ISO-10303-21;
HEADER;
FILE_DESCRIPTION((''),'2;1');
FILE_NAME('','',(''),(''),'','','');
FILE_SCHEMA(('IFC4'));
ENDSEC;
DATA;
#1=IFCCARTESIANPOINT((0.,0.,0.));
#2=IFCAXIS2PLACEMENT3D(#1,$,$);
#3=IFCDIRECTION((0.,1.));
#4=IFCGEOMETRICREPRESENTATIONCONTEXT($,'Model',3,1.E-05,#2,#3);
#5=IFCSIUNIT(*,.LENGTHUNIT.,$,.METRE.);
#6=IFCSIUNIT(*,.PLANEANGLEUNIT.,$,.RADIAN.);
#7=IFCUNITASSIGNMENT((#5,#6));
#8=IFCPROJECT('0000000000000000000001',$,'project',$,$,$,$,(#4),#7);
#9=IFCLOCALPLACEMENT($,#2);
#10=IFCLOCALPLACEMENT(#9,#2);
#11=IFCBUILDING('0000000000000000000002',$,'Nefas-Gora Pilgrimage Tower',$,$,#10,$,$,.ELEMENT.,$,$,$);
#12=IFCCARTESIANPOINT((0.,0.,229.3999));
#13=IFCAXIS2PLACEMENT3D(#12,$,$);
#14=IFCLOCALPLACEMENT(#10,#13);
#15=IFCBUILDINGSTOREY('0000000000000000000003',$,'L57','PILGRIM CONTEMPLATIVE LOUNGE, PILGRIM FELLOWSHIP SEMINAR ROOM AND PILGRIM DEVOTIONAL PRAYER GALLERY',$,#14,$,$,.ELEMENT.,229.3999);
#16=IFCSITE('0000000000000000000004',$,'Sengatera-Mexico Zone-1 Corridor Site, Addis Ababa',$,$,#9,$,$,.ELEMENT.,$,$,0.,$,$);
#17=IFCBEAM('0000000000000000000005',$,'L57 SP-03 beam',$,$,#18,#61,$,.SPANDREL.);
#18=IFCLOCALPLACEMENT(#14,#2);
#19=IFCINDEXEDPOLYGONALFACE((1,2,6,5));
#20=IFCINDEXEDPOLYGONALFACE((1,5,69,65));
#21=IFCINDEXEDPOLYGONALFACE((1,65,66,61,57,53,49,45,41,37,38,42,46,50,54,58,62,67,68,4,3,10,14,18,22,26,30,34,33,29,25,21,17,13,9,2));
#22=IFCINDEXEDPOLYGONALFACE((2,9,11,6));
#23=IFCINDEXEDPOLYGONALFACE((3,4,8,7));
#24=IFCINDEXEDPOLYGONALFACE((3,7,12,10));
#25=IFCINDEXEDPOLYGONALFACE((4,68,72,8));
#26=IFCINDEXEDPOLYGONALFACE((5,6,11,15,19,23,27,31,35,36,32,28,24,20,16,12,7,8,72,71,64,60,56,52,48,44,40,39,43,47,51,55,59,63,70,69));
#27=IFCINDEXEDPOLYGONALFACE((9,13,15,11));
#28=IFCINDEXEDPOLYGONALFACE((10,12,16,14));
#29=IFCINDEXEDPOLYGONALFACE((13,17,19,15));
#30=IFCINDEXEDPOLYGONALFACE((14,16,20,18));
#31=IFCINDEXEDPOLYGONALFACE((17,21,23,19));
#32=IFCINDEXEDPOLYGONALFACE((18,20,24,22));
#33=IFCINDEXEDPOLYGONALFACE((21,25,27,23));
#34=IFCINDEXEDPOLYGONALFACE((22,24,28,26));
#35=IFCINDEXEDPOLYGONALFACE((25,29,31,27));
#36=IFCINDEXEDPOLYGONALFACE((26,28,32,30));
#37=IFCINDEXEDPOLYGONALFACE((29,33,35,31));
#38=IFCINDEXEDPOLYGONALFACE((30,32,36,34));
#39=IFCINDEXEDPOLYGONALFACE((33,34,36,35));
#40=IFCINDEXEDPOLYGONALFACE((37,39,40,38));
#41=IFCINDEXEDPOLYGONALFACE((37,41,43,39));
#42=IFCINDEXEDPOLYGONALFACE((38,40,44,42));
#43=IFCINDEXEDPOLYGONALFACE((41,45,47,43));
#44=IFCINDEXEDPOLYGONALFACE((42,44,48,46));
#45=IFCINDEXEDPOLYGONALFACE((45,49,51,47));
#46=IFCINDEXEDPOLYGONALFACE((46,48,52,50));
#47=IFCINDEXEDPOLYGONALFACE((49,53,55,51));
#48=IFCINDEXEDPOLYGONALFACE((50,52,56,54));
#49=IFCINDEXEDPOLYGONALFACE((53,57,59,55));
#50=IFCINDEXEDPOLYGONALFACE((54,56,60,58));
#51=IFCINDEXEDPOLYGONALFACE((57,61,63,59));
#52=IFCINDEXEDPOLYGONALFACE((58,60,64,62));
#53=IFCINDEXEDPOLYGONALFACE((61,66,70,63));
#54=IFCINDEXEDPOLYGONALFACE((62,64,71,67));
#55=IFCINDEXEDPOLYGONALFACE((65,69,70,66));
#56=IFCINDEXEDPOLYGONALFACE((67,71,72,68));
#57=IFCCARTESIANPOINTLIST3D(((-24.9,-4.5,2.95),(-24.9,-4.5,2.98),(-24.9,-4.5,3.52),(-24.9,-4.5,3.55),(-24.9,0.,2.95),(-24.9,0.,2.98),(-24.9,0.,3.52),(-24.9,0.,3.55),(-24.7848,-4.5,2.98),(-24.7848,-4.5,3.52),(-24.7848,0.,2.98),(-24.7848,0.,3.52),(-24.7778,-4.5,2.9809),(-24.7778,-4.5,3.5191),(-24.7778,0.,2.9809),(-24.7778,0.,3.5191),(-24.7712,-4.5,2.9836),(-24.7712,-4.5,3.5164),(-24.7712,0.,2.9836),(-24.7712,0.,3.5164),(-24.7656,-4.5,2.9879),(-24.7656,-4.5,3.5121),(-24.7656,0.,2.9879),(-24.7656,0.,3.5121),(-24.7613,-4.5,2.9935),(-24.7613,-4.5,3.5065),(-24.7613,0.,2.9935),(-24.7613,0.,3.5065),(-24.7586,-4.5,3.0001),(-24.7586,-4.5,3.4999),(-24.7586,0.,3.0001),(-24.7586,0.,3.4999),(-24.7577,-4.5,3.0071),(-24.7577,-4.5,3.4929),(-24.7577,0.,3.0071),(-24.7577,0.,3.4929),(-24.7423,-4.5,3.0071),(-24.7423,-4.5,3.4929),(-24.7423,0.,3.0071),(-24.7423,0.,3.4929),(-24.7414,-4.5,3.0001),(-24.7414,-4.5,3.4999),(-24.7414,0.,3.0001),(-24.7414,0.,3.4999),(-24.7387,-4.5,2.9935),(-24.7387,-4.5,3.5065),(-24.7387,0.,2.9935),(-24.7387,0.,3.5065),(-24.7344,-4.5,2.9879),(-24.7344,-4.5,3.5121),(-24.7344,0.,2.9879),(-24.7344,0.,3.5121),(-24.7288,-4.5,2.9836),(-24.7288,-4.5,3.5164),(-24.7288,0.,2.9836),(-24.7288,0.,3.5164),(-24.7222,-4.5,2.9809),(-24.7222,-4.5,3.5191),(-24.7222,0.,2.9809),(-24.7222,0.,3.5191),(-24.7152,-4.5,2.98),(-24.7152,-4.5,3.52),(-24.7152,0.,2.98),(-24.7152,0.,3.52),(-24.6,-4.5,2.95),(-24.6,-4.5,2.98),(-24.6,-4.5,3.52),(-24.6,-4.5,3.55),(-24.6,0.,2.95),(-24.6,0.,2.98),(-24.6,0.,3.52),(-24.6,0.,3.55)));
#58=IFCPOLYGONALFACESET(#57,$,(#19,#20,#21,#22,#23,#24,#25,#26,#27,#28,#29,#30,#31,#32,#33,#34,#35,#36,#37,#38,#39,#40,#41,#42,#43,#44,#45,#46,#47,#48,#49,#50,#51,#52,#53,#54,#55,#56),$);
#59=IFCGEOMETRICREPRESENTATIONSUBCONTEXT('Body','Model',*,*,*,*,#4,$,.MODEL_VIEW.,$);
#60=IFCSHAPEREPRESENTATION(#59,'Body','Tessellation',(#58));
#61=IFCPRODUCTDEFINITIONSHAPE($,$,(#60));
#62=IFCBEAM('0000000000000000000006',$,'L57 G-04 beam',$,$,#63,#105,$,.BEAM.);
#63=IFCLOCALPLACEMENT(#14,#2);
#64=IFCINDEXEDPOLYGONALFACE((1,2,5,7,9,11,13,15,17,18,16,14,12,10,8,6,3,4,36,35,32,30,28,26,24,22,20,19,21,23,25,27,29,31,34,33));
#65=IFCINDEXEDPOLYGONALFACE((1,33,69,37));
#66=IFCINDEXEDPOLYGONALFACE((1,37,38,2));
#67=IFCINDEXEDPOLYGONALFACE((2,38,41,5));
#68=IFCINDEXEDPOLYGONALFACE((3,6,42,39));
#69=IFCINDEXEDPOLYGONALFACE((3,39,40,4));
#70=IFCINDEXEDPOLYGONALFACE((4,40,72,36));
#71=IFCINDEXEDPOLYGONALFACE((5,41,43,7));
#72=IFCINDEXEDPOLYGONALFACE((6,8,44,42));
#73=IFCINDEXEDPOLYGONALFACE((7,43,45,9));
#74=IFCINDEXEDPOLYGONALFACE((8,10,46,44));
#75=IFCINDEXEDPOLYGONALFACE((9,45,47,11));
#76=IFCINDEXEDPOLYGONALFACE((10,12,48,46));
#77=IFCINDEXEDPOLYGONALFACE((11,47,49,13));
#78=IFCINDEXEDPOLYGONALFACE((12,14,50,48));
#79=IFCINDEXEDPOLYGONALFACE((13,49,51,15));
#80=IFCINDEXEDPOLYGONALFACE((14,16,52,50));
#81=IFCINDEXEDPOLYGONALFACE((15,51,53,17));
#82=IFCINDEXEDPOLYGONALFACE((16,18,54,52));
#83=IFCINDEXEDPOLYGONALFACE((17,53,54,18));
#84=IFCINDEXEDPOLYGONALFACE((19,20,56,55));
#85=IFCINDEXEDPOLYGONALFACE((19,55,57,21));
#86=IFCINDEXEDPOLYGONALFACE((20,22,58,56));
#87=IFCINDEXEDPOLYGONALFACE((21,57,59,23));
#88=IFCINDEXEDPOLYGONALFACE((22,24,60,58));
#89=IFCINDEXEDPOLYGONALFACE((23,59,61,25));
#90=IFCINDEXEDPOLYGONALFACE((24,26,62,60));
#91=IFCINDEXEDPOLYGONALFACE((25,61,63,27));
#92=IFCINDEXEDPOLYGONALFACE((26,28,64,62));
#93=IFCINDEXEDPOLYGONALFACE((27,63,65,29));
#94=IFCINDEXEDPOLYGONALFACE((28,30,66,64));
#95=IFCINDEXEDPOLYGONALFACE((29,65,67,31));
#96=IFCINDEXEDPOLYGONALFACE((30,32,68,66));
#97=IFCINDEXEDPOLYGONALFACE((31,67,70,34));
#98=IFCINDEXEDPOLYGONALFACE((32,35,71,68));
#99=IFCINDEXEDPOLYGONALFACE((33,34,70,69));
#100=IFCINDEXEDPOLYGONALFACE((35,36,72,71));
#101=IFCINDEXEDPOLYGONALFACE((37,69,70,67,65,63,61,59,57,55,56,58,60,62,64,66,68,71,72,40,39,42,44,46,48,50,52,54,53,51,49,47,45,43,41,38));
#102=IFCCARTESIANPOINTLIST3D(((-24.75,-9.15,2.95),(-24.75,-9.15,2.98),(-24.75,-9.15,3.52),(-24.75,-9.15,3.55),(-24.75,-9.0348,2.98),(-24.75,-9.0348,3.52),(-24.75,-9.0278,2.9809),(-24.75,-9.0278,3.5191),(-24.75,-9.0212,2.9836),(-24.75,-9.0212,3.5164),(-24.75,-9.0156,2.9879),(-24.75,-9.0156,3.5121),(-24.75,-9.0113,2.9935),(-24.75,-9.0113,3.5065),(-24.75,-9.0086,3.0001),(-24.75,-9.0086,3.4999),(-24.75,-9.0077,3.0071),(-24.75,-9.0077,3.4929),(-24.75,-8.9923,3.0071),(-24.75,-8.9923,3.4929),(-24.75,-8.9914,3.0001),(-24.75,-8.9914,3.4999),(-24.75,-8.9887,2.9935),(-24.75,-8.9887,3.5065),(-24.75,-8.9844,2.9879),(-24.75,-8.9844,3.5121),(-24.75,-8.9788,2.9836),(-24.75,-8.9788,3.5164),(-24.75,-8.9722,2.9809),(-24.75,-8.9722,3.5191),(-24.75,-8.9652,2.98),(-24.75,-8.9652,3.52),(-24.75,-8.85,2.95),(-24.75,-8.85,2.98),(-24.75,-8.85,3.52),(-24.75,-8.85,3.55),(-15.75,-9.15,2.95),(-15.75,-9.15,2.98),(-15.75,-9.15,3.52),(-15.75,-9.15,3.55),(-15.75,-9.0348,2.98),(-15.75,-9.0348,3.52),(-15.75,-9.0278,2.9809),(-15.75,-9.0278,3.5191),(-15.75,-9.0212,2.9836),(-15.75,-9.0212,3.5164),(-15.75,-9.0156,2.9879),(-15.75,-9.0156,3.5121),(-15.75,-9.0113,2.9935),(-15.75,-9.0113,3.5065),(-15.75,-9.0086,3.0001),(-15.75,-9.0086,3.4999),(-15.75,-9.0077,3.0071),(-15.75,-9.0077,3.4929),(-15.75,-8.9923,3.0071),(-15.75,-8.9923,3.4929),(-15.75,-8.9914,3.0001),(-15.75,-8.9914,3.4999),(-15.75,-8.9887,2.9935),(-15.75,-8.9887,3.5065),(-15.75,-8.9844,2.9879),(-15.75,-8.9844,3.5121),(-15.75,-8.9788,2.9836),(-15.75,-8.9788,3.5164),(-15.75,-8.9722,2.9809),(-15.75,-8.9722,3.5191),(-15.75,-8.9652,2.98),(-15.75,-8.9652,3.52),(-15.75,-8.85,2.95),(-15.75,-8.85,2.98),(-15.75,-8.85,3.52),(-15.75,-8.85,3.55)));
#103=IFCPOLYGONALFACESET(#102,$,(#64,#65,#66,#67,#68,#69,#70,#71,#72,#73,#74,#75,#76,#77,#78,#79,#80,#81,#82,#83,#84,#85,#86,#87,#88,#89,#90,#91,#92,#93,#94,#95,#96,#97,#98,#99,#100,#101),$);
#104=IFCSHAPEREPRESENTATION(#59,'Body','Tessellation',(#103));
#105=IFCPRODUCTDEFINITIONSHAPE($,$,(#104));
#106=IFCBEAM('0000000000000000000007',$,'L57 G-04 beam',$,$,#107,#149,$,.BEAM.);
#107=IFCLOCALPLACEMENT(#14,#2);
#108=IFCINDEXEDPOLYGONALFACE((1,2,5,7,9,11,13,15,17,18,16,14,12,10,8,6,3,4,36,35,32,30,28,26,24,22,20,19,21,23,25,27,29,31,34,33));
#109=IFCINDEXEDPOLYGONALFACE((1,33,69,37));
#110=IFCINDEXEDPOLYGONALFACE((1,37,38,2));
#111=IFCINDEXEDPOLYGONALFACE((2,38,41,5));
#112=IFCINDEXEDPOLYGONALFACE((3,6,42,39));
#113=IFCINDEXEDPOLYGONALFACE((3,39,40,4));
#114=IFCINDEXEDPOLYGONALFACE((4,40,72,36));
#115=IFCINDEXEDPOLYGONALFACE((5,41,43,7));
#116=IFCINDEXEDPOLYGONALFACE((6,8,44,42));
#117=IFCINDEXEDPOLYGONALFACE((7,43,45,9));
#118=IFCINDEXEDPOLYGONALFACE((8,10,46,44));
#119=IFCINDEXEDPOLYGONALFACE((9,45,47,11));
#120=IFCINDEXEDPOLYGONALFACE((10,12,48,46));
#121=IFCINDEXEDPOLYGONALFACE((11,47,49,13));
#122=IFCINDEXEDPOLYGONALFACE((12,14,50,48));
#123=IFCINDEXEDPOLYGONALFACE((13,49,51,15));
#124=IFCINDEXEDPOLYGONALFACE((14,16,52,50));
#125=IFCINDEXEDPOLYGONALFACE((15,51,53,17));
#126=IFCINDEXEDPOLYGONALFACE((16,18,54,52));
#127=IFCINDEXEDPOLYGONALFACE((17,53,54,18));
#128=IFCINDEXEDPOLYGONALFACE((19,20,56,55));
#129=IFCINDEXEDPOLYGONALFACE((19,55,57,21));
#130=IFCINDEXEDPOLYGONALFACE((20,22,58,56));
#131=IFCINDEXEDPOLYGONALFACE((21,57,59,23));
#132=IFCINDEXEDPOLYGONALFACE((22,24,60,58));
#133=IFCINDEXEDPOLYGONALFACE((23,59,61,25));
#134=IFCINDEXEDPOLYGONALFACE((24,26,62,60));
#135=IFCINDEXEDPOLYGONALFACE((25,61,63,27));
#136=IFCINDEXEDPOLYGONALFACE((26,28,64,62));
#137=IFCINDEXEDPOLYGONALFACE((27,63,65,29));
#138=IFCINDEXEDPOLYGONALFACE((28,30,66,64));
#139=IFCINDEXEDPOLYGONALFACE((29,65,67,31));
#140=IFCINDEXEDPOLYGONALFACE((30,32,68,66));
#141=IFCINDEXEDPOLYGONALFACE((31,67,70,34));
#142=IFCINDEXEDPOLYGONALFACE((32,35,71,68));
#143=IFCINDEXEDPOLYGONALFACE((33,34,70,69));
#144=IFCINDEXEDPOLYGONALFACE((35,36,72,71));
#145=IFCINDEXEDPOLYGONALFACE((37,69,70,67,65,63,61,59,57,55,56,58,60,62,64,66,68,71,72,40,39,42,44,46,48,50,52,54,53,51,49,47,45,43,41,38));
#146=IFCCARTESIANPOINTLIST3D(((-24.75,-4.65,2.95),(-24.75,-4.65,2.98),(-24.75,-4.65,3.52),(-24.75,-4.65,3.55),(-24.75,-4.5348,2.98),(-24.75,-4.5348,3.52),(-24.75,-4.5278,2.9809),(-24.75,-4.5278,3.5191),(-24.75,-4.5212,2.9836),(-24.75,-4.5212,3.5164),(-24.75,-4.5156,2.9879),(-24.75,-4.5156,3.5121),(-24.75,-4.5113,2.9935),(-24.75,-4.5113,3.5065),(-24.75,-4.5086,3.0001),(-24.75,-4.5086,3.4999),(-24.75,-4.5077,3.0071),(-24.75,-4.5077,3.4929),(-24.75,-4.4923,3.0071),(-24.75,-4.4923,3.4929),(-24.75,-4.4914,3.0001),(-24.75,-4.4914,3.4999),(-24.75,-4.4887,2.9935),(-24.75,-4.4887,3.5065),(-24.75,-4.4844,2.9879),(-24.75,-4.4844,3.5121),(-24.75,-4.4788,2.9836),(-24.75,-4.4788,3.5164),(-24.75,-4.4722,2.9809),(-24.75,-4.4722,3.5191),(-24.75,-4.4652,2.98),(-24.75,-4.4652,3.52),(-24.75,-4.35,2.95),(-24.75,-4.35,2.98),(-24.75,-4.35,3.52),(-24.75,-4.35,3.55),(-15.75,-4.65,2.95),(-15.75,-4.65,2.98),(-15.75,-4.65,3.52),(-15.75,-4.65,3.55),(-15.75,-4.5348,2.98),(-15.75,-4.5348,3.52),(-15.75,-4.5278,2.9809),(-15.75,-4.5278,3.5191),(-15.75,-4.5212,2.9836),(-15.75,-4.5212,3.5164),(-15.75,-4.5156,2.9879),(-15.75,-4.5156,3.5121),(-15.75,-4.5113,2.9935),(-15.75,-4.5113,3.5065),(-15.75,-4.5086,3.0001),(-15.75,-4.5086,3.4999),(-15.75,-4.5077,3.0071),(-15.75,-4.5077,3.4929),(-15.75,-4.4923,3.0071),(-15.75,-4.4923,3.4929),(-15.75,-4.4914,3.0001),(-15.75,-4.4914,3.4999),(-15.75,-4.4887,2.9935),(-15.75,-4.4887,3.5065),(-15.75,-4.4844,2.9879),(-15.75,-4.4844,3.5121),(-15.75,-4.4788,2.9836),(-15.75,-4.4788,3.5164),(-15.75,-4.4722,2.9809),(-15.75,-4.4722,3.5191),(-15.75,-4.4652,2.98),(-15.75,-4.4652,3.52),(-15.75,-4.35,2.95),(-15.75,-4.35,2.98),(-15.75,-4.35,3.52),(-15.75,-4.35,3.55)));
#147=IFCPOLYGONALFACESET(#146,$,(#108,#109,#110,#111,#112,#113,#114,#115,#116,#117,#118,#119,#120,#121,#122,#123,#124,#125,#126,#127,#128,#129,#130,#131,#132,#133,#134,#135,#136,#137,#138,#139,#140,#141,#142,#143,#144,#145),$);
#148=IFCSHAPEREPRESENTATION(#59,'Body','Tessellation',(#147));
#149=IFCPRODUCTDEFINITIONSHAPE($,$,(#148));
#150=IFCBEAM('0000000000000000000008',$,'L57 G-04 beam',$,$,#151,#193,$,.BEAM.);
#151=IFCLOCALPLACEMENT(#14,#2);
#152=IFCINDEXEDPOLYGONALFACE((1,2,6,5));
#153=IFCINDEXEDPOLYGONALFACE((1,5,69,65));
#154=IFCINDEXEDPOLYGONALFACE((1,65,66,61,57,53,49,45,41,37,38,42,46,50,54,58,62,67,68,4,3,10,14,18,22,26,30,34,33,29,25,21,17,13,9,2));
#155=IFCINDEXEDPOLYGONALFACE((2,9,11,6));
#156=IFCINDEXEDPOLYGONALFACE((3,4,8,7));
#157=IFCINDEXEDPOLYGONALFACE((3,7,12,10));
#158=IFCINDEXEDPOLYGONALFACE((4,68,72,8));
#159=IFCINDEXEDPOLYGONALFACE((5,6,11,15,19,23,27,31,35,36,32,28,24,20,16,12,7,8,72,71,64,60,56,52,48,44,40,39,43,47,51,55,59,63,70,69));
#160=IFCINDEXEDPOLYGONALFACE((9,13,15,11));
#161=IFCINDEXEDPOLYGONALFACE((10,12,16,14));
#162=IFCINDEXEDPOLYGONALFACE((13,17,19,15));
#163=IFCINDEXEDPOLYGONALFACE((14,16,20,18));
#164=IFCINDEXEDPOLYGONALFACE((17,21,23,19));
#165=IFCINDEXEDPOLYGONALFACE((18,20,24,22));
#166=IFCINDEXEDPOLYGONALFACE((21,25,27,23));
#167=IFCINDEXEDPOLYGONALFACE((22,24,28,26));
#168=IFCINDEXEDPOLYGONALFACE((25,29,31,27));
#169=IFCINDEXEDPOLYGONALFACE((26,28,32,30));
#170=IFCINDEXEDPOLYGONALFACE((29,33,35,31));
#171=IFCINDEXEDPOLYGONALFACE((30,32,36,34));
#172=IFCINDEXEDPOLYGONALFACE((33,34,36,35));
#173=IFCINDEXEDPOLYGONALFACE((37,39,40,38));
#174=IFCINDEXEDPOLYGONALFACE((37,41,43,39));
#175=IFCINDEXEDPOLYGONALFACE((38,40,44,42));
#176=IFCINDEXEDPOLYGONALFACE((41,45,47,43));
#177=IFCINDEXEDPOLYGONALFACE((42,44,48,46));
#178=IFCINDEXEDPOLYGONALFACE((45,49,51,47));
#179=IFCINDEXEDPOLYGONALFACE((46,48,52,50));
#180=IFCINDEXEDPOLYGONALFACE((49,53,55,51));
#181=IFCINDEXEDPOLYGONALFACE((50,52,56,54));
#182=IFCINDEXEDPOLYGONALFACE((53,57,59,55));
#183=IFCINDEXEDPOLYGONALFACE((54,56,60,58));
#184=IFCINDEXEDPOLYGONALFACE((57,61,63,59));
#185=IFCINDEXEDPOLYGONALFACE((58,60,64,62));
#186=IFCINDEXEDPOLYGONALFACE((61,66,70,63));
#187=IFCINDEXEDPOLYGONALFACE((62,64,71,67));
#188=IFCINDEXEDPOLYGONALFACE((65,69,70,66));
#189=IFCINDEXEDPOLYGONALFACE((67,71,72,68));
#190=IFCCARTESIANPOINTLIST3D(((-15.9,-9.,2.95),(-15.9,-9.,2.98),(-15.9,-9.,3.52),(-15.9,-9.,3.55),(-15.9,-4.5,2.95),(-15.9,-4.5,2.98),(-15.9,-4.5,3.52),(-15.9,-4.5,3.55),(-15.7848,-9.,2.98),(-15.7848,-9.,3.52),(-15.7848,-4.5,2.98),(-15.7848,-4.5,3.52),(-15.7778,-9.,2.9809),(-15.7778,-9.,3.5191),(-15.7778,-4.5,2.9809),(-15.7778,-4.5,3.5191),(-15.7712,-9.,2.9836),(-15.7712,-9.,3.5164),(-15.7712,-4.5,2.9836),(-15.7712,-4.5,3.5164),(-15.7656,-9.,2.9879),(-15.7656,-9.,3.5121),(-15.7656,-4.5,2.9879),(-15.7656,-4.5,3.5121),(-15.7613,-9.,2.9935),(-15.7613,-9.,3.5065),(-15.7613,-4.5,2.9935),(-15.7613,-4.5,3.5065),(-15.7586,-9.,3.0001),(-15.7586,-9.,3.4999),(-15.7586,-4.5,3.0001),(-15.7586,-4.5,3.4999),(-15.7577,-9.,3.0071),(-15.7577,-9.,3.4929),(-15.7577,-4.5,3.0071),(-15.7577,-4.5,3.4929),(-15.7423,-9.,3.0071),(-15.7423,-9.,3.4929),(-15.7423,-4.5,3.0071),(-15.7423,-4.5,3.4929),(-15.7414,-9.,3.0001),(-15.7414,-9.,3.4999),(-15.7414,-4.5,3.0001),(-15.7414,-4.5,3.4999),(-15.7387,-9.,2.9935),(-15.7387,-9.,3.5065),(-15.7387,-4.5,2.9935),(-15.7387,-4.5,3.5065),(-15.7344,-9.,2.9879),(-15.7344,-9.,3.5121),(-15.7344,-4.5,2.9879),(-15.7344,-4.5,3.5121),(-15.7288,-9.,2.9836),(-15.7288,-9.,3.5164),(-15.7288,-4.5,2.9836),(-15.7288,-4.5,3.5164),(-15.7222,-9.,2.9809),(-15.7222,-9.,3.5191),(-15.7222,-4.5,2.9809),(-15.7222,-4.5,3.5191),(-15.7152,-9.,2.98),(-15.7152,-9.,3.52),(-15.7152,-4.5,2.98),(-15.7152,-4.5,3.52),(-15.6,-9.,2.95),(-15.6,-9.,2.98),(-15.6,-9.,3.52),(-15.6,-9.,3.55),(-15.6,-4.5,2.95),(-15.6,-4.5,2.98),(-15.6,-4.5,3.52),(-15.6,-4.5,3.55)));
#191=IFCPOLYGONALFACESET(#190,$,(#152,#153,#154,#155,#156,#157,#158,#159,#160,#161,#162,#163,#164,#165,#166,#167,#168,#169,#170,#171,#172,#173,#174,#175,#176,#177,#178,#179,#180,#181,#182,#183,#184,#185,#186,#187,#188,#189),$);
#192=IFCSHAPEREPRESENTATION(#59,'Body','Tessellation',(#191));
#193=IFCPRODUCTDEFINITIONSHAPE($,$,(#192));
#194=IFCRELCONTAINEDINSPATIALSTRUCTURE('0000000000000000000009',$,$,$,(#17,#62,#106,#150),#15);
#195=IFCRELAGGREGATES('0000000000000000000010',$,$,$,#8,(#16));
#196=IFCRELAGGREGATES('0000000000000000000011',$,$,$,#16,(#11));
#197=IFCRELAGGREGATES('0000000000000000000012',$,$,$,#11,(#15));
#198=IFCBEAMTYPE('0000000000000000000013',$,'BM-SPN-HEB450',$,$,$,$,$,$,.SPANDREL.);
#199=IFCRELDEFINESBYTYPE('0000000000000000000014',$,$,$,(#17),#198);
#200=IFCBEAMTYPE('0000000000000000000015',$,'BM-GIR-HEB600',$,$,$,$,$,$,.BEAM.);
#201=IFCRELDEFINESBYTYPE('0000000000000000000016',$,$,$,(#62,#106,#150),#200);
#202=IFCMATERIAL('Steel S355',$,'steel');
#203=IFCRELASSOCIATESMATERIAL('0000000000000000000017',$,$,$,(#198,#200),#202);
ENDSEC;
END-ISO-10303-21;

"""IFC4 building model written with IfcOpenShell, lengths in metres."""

from ifc_helpers import new_model, si_unit, direction, frame, origin, origin_2d, place, context, subcontext, project, spatial, i_section, extrude, source, transform, mapped, material, material_profile, profile_set, type_object, element, save


model = new_model("IFC4")

# Units and contexts
model_context = context("Model", 3, precision=1e-05, world=origin(), true_north=direction((0.0, 1.0)))
body_context = subcontext(model_context, "Body", "Model", "MODEL_VIEW")
ifc_project = project(units=[si_unit("LENGTHUNIT", "METRE"), si_unit("PLANEANGLEUNIT", "RADIAN")], contexts=[model_context])

# Site, building, storey
site_placement = place(None, origin())
site = spatial("IfcSite", under=ifc_project, at=site_placement, Name="Sengatera-Mexico Zone-1 Corridor Site, Addis Ababa", CompositionType="ELEMENT", RefElevation=0.0)
building_placement = place(site_placement, origin())
building = spatial("IfcBuilding", under=site, at=building_placement, Name="Nefas-Gora Pilgrimage Tower", CompositionType="ELEMENT")
storey_placement = place(building_placement, frame((0.0, 0.0, 229.3999)))
storey = spatial("IfcBuildingStorey", under=building, at=storey_placement, Name="L57", Description="PILGRIM CONTEMPLATIVE LOUNGE, PILGRIM FELLOWSHIP SEMINAR ROOM AND PILGRIM DEVOTIONAL PRAYER GALLERY", CompositionType="ELEMENT", Elevation=229.3999)

# Beams
ifc_material_1 = material(Name="Steel S355", Category="steel")
ifc_material_profile_1 = material_profile(ifc_material_1, i_section(OverallWidth=0.3, OverallDepth=0.6001, WebThickness=0.0154, FlangeThickness=0.03, FilletRadius=0.0271, at=origin_2d()), Name="HEB 600")
ifc_profile_set_1 = profile_set([ifc_material_profile_1], Name="Steel S355")
beam_type_1 = type_object("IfcBeamType", Name="BM-SPN-HEB450", PredefinedType="SPANDREL", material=ifc_profile_set_1)
shared_shape_1 = source(origin(), body_context, "Body", "SweptSolid", [
    extrude(i_section(OverallWidth=0.3, OverallDepth=0.6001, WebThickness=0.0154, FlangeThickness=0.03, FilletRadius=0.0271, at=origin_2d()), origin(), (0.0, 0.0, 1.0), 4.5),
])
for number, where, z_axis, x_axis, name in (
    (1, (-24.75, -4.5, 3.25), (0.0, 1.0, 0.0), (-1.0, 0.0, 0.0), "L57 SP-03 beam"),
):
    element("IfcBeam", number, at=place(storey_placement, frame(where, z_axis=z_axis, x_axis=x_axis)), inside=storey, type_object=beam_type_1, Name=name, PredefinedType="SPANDREL", context=body_context, shape_type="MappedRepresentation", body=[
        mapped(shared_shape_1, transform((0.0, 0.0, 0.0), x_axis=(1.0, 0.0, 0.0), y_axis=(0.0, 1.0, 0.0), z_axis=(0.0, 0.0, 1.0), scale=1.0)),
    ])
ifc_material_profile_2 = material_profile(ifc_material_1, i_section(OverallWidth=0.3, OverallDepth=0.6001, WebThickness=0.0154, FlangeThickness=0.03, FilletRadius=0.0271, at=origin_2d()), Name="HEB 600")
ifc_profile_set_2 = profile_set([ifc_material_profile_2], Name="Steel S355")
beam_type_2 = type_object("IfcBeamType", Name="BM-GIR-HEB600", PredefinedType="BEAM", material=ifc_profile_set_2)
shared_shape_2 = source(origin(), body_context, "Body", "SweptSolid", [
    extrude(i_section(OverallWidth=0.3, OverallDepth=0.6001, WebThickness=0.0154, FlangeThickness=0.03, FilletRadius=0.0271, at=origin_2d()), origin(), (0.0, 0.0, 1.0), 9.0),
])
for number, where, z_axis, x_axis, name in (
    (2, (-24.75, -9.0, 3.25), (1.0, 0.0, 0.0), (0.0, 1.0, 0.0), "L57 G-04 beam"),
    (3, (-24.75, -4.5, 3.25), (1.0, 0.0, 0.0), (0.0, 1.0, 0.0), "L57 G-04 beam"),
):
    element("IfcBeam", number, at=place(storey_placement, frame(where, z_axis=z_axis, x_axis=x_axis)), inside=storey, type_object=beam_type_2, Name=name, PredefinedType="BEAM", context=body_context, shape_type="MappedRepresentation", body=[
        mapped(shared_shape_2, transform((0.0, 0.0, 0.0), x_axis=(1.0, 0.0, 0.0), y_axis=(0.0, 1.0, 0.0), z_axis=(0.0, 0.0, 1.0), scale=1.0)),
    ])
shared_shape_3 = source(origin(), body_context, "Body", "SweptSolid", [
    extrude(i_section(OverallWidth=0.3, OverallDepth=0.6001, WebThickness=0.0154, FlangeThickness=0.03, FilletRadius=0.0271, at=origin_2d()), origin(), (0.0, 0.0, 1.0), 4.5),
])
for number, where, z_axis, x_axis, name in (
    (4, (-15.75, -9.0, 3.25), (0.0, 1.0, 0.0), (-1.0, 0.0, 0.0), "L57 G-04 beam"),
):
    element("IfcBeam", number, at=place(storey_placement, frame(where, z_axis=z_axis, x_axis=x_axis)), inside=storey, type_object=beam_type_2, Name=name, PredefinedType="BEAM", context=body_context, shape_type="MappedRepresentation", body=[
        mapped(shared_shape_3, transform((0.0, 0.0, 0.0), x_axis=(1.0, 0.0, 0.0), y_axis=(0.0, 1.0, 0.0), z_axis=(0.0, 0.0, 1.0), scale=1.0)),
    ])

save(model, "model.ifc")
